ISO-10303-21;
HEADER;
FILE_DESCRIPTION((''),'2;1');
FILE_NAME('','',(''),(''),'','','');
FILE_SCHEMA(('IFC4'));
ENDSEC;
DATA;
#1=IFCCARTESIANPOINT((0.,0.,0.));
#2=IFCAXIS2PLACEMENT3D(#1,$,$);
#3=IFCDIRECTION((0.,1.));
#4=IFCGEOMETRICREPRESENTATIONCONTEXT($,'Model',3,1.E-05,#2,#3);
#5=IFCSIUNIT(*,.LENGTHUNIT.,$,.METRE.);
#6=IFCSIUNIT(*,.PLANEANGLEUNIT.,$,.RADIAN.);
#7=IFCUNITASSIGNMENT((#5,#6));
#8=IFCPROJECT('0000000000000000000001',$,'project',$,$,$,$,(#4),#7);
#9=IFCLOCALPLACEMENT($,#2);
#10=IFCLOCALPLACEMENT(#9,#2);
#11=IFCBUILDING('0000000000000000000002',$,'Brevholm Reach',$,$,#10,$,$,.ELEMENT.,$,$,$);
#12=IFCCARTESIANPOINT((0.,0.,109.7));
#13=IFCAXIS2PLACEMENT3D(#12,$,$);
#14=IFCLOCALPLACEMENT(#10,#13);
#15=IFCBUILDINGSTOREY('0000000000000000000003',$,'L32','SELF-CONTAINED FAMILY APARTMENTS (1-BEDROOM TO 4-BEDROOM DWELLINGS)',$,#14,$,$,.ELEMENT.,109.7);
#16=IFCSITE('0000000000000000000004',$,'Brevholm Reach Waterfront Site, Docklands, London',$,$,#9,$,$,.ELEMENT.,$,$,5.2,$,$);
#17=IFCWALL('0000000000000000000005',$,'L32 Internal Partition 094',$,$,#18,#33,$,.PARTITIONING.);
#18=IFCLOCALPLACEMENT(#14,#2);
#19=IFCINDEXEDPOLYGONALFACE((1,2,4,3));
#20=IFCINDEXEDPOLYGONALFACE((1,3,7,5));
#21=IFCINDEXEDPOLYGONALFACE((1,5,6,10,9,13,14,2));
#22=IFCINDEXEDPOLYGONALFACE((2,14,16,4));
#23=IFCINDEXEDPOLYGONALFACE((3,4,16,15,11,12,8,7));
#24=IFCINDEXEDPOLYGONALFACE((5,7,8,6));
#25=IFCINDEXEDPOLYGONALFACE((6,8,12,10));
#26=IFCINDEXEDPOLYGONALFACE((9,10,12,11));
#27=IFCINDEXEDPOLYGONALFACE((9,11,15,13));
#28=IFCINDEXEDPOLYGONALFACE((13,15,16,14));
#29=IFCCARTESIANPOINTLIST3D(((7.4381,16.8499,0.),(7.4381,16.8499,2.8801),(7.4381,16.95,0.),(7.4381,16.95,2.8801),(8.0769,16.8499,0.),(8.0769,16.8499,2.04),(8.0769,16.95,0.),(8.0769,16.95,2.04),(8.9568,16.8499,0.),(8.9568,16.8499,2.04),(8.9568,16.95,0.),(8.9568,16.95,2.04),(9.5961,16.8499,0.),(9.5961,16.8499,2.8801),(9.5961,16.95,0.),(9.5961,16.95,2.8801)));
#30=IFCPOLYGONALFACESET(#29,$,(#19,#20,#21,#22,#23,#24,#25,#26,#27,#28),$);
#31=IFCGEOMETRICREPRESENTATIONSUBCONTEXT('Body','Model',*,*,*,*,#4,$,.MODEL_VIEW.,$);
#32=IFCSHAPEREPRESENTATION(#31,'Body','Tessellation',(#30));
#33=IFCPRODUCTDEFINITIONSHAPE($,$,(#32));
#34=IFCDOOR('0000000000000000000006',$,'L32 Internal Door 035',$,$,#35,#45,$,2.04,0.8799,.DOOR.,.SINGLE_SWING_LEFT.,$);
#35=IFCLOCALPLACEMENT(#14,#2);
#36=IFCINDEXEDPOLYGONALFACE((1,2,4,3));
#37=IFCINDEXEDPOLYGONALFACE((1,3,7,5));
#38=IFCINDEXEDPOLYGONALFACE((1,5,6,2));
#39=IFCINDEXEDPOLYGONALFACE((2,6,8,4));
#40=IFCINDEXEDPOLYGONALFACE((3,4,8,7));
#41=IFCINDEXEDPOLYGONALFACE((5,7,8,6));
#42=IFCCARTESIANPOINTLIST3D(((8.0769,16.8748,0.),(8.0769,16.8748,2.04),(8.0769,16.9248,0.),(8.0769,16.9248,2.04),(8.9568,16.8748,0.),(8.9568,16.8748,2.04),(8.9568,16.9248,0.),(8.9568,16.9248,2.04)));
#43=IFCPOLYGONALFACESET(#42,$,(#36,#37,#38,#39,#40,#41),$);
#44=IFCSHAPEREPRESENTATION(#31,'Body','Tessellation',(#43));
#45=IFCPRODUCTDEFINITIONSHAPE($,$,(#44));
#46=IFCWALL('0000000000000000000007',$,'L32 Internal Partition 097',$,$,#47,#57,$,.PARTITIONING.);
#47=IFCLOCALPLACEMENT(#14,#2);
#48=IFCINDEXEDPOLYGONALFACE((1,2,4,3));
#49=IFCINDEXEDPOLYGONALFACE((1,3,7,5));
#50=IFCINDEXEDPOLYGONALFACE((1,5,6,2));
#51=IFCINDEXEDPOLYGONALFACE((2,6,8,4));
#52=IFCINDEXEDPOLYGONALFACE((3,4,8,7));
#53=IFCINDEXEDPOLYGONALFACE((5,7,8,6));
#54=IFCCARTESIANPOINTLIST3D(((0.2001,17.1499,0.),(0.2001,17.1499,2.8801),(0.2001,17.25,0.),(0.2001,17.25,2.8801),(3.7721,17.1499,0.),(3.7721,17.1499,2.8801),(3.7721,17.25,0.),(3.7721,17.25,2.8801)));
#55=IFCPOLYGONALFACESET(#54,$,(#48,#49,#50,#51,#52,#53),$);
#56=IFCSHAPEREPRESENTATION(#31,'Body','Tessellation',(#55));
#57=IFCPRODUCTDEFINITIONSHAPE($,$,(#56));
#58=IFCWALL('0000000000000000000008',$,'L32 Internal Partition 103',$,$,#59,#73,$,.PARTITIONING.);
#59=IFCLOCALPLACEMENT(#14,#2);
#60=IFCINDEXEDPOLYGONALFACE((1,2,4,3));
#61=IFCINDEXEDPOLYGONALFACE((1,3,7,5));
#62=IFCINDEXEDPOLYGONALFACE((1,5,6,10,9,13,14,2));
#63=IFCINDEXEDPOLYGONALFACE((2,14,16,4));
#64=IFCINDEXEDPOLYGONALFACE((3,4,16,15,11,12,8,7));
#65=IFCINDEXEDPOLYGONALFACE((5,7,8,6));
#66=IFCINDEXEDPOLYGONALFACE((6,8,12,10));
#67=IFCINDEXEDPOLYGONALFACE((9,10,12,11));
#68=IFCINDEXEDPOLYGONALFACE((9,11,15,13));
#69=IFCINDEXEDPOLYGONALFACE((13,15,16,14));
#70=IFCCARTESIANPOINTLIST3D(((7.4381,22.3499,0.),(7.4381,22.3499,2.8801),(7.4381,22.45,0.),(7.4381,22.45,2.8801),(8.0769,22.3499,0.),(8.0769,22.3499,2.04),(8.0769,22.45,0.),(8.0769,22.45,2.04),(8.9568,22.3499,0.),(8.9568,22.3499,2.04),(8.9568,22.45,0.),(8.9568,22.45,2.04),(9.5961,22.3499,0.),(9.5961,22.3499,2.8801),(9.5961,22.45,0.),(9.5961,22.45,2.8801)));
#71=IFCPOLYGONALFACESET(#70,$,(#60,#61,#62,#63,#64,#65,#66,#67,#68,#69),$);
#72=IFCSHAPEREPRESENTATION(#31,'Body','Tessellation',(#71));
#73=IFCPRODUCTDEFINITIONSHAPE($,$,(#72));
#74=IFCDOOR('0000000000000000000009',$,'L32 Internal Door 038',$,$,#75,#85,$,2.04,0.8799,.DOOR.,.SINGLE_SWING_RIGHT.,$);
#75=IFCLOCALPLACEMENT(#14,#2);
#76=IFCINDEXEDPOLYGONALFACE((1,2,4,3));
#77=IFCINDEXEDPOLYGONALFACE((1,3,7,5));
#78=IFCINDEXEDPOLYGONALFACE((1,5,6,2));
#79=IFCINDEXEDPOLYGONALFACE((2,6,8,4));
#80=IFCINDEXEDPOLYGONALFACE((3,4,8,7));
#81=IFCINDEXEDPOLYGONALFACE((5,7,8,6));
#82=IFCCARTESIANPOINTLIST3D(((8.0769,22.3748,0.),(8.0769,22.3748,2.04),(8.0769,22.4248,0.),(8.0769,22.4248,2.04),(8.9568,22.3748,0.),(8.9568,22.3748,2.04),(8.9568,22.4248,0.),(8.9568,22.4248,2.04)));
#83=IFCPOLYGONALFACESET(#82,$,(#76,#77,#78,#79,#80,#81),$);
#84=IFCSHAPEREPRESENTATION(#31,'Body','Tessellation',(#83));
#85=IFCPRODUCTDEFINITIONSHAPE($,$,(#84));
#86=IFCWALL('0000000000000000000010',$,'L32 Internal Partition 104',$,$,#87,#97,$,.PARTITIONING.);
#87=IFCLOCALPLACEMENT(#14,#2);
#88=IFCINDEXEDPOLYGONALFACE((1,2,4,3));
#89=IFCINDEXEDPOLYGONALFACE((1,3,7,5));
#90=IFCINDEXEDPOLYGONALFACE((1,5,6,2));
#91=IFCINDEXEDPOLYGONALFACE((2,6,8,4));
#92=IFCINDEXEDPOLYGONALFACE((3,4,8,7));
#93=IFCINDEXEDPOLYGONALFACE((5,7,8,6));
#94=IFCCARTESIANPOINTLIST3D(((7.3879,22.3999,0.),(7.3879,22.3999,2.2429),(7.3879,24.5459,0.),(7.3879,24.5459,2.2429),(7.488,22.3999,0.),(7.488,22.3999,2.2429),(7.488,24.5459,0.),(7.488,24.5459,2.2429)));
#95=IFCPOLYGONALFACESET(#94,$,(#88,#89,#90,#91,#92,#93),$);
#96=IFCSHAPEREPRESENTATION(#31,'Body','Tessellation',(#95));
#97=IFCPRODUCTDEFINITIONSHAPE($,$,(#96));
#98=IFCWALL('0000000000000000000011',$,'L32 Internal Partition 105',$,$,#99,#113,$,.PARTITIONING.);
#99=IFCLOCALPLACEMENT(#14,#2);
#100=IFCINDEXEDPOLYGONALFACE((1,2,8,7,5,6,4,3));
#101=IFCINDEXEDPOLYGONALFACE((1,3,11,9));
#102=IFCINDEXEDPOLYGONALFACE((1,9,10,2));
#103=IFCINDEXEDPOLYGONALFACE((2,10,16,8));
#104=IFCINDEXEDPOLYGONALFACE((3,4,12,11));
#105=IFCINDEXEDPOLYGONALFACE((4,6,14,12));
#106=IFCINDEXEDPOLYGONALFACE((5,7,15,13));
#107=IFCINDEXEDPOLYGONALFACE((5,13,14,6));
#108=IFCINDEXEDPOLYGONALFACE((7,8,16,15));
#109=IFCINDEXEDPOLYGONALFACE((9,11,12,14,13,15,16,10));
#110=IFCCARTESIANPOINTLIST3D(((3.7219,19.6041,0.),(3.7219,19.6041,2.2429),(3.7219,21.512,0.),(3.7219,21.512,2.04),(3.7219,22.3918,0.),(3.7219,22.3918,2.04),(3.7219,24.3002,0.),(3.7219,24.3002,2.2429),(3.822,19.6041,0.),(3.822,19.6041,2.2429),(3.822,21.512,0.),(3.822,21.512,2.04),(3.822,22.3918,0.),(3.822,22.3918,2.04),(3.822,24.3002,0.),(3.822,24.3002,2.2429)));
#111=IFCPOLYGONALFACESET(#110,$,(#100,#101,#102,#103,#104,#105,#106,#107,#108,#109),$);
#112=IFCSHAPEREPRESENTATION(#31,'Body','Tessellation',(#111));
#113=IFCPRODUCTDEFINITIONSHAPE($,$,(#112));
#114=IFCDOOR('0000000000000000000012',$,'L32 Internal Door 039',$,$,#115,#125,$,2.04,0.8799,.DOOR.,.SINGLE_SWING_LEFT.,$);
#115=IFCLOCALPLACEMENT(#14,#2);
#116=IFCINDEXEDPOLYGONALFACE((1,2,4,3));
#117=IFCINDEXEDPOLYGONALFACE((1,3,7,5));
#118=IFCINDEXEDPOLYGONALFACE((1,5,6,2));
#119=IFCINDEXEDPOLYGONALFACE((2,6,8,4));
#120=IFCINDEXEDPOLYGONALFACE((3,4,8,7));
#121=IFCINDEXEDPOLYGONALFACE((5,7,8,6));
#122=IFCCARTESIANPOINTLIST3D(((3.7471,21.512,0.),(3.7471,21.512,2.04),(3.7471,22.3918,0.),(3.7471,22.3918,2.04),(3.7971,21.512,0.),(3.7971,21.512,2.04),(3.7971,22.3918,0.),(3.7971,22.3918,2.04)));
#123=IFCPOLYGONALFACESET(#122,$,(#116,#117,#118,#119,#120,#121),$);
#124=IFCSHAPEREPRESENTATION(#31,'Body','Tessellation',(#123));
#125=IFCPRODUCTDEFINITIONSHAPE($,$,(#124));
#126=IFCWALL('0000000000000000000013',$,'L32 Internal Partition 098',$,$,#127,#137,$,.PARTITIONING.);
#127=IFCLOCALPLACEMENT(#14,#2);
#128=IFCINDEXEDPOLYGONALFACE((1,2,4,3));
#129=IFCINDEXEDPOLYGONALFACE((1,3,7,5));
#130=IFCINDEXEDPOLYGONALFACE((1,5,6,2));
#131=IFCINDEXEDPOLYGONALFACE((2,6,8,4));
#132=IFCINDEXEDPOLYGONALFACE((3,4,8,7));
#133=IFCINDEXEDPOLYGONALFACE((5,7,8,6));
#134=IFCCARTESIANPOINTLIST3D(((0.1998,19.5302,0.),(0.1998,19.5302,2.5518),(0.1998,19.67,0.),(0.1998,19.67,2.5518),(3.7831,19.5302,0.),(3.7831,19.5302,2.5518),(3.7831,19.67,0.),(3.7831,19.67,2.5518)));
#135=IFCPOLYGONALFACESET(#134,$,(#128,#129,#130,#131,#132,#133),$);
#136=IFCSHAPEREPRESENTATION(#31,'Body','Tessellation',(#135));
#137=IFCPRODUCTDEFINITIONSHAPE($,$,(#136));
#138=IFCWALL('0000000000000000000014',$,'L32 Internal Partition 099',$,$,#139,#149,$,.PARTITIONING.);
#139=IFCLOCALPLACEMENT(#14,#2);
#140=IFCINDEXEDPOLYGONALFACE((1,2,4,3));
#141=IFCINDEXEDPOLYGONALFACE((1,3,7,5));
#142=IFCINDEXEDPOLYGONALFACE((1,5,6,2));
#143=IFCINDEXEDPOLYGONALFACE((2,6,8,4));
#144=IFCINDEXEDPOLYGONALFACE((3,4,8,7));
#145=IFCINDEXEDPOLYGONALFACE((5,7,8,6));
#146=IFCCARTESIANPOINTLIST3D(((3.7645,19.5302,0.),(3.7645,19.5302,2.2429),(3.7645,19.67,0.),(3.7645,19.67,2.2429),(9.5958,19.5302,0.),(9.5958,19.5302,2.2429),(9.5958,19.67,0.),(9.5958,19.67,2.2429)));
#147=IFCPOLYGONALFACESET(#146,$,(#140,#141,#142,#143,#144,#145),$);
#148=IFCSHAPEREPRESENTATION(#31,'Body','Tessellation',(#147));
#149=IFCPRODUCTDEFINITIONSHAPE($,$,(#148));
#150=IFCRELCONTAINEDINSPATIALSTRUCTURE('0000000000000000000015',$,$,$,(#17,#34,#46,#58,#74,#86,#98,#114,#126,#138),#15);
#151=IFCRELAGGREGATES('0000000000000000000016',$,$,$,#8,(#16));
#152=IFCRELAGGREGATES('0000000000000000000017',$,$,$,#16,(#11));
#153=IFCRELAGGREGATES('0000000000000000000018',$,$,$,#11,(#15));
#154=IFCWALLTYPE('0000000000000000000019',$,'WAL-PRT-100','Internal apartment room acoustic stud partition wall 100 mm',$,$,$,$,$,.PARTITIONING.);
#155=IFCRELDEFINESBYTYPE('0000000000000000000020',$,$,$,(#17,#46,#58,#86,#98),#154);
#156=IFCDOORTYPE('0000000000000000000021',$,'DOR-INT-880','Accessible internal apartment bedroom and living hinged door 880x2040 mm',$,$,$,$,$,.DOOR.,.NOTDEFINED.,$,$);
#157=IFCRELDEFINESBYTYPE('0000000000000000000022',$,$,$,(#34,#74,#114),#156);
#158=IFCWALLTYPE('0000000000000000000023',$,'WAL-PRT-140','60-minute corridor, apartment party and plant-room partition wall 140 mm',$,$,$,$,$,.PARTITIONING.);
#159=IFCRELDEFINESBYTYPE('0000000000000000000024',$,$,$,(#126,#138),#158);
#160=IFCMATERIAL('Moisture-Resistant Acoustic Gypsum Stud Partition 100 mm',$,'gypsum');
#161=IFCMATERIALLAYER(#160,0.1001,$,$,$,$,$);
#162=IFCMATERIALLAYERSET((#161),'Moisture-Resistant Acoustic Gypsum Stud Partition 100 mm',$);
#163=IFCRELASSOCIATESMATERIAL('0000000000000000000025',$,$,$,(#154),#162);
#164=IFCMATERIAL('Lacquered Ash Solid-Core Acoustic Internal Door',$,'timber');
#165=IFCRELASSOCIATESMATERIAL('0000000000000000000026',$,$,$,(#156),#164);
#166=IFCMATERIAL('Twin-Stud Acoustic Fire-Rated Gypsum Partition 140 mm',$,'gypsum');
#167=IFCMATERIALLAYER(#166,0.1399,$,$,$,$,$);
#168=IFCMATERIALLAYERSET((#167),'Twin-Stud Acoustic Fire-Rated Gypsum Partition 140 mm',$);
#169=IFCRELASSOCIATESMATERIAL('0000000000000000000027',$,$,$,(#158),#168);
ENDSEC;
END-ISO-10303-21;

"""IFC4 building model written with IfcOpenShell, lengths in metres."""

from ifc_helpers import new_model, si_unit, direction, frame, frame_2d, origin, place, context, subcontext, project, spatial, rectangle, extrude, material, layer, layer_set, type_object, element, fill, save


model = new_model("IFC4")

# Units and contexts
model_context = context("Model", 3, precision=1e-05, world=origin(), true_north=direction((0.0, 1.0)))
body_context = subcontext(model_context, "Body", "Model", "MODEL_VIEW")
ifc_project = project(units=[si_unit("LENGTHUNIT", "METRE"), si_unit("PLANEANGLEUNIT", "RADIAN")], contexts=[model_context])

# Site, building, storey
site_placement = place(None, origin())
site = spatial("IfcSite", under=ifc_project, at=site_placement, Name="Brevholm Reach Waterfront Site, Docklands, London", CompositionType="ELEMENT", RefElevation=5.2)
building_placement = place(site_placement, origin())
building = spatial("IfcBuilding", under=site, at=building_placement, Name="Brevholm Reach", CompositionType="ELEMENT")
storey_placement = place(building_placement, frame((0.0, 0.0, 109.7)))
storey = spatial("IfcBuildingStorey", under=building, at=storey_placement, Name="L32", Description="SELF-CONTAINED FAMILY APARTMENTS (1-BEDROOM TO 4-BEDROOM DWELLINGS)", CompositionType="ELEMENT", Elevation=109.7)

# Wall, opening, door
ifc_material_1 = material(Name="Moisture-Resistant Acoustic Gypsum Stud Partition 100 mm", Category="gypsum")
ifc_layer_1 = layer(ifc_material_1, 0.1001)
ifc_layer_set_1 = layer_set([ifc_layer_1], Name="Moisture-Resistant Acoustic Gypsum Stud Partition 100 mm")
wall_type_1 = type_object("IfcWallType", Name="WAL-PRT-100", Description="Internal apartment room acoustic stud partition wall 100 mm", PredefinedType="PARTITIONING", material=ifc_layer_set_1)
wall_1_placement = place(storey_placement, frame((7.438, 16.8999, 0.0), z_axis=(0.0, 0.0, 1.0), x_axis=(1.0, 0.0, 0.0)))
wall_1 = element("IfcWall", 1, at=wall_1_placement, inside=storey, type_object=wall_type_1, Name="L32 Internal Partition 094", PredefinedType="PARTITIONING", context=body_context, shape_type="SweptSolid", body=[
    extrude(rectangle(XDim=2.158, YDim=0.1001, at=frame_2d((1.0791, 0.0))), origin(), (0.0, 0.0, 1.0), 2.8801),
])
opening_1_placement = place(wall_1_placement, frame((0.6389, 0.0, 0.0)))
opening_1 = element("IfcOpeningElement", 2, at=opening_1_placement, cuts=wall_1, PredefinedType="OPENING", context=body_context, shape_type="SweptSolid", body=[
    extrude(rectangle(XDim=0.8799, YDim=2.04, at=frame_2d((0.4399, 1.02))), frame((0.0, 0.0601, 0.0), z_axis=(0.0, -1.0, 0.0), x_axis=(1.0, 0.0, 0.0)), (0.0, 0.0, 1.0), 0.1201),
])
ifc_material_2 = material(Name="Lacquered Ash Solid-Core Acoustic Internal Door", Category="timber")
door_type = type_object("IfcDoorType", Name="DOR-INT-880", Description="Accessible internal apartment bedroom and living hinged door 880x2040 mm", OperationType="NOTDEFINED", PredefinedType="DOOR", material=ifc_material_2)
door_1_placement = place(opening_1_placement, origin())
door_1 = element("IfcDoor", 3, at=door_1_placement, inside=storey, type_object=door_type, Name="L32 Internal Door 035", OperationType="SINGLE_SWING_LEFT", OverallHeight=2.04, OverallWidth=0.8799, PredefinedType="DOOR", context=body_context, shape_type="SweptSolid", body=[
    extrude(rectangle(XDim=0.8799, YDim=2.04, at=frame_2d((0.4399, 1.02))), frame((0.0, 0.0249, 0.0), z_axis=(0.0, -1.0, 0.0), x_axis=(1.0, 0.0, 0.0)), (0.0, 0.0, 1.0), 0.05),
])
fill(opening_1, door_1)

# Wall
wall_2_placement = place(storey_placement, frame((0.2, 17.2, 0.0), z_axis=(0.0, 0.0, 1.0), x_axis=(1.0, 0.0, 0.0)))
element("IfcWall", 4, at=wall_2_placement, inside=storey, type_object=wall_type_1, Name="L32 Internal Partition 097", PredefinedType="PARTITIONING", context=body_context, shape_type="SweptSolid", body=[
    extrude(rectangle(XDim=3.572, YDim=0.1001, at=frame_2d((1.7861, 0.0))), origin(), (0.0, 0.0, 1.0), 2.8801),
])

# Wall, opening, door
wall_3_placement = place(storey_placement, frame((7.438, 22.3999, 0.0), z_axis=(0.0, 0.0, 1.0), x_axis=(1.0, 0.0, 0.0)))
wall_3 = element("IfcWall", 5, at=wall_3_placement, inside=storey, type_object=wall_type_1, Name="L32 Internal Partition 103", PredefinedType="PARTITIONING", context=body_context, shape_type="SweptSolid", body=[
    extrude(rectangle(XDim=2.158, YDim=0.1001, at=frame_2d((1.0791, 0.0))), origin(), (0.0, 0.0, 1.0), 2.8801),
])
opening_2_placement = place(wall_3_placement, frame((0.6389, 0.0, 0.0)))
opening_2 = element("IfcOpeningElement", 6, at=opening_2_placement, cuts=wall_3, PredefinedType="OPENING", context=body_context, shape_type="SweptSolid", body=[
    extrude(rectangle(XDim=0.8799, YDim=2.04, at=frame_2d((0.4399, 1.02))), frame((0.0, 0.0601, 0.0), z_axis=(0.0, -1.0, 0.0), x_axis=(1.0, 0.0, 0.0)), (0.0, 0.0, 1.0), 0.1201),
])
door_2_placement = place(opening_2_placement, origin())
door_2 = element("IfcDoor", 7, at=door_2_placement, inside=storey, type_object=door_type, Name="L32 Internal Door 038", OperationType="SINGLE_SWING_RIGHT", OverallHeight=2.04, OverallWidth=0.8799, PredefinedType="DOOR", context=body_context, shape_type="SweptSolid", body=[
    extrude(rectangle(XDim=0.8799, YDim=2.04, at=frame_2d((0.4399, 1.02))), frame((0.0, 0.0249, 0.0), z_axis=(0.0, -1.0, 0.0), x_axis=(1.0, 0.0, 0.0)), (0.0, 0.0, 1.0), 0.05),
])
fill(opening_2, door_2)

# Wall
wall_4_placement = place(storey_placement, frame((7.438, 22.3999, 0.0), z_axis=(0.0, 0.0, 1.0), x_axis=(0.0, 1.0, 0.0)))
element("IfcWall", 8, at=wall_4_placement, inside=storey, type_object=wall_type_1, Name="L32 Internal Partition 104", PredefinedType="PARTITIONING", context=body_context, shape_type="SweptSolid", body=[
    extrude(rectangle(XDim=2.146, YDim=0.1001, at=frame_2d((1.073, 0.0))), origin(), (0.0, 0.0, 1.0), 2.2429),
])

# Wall, opening, door
wall_5_placement = place(storey_placement, frame((3.772, 19.604, 0.0), z_axis=(0.0, 0.0, 1.0), x_axis=(0.0, 1.0, 0.0)))
wall_5 = element("IfcWall", 9, at=wall_5_placement, inside=storey, type_object=wall_type_1, Name="L32 Internal Partition 105", PredefinedType="PARTITIONING", context=body_context, shape_type="SweptSolid", body=[
    extrude(rectangle(XDim=4.696, YDim=0.1001, at=frame_2d((2.3481, 0.0))), origin(), (0.0, 0.0, 1.0), 2.2429),
])
opening_3_placement = place(wall_5_placement, frame((1.908, 0.0, 0.0)))
opening_3 = element("IfcOpeningElement", 10, at=opening_3_placement, cuts=wall_5, PredefinedType="OPENING", context=body_context, shape_type="SweptSolid", body=[
    extrude(rectangle(XDim=0.8799, YDim=2.04, at=frame_2d((0.4399, 1.02))), frame((0.0, 0.0601, 0.0), z_axis=(0.0, -1.0, 0.0), x_axis=(1.0, 0.0, 0.0)), (0.0, 0.0, 1.0), 0.1201),
])
door_3_placement = place(opening_3_placement, origin())
door_3 = element("IfcDoor", 11, at=door_3_placement, inside=storey, type_object=door_type, Name="L32 Internal Door 039", OperationType="SINGLE_SWING_LEFT", OverallHeight=2.04, OverallWidth=0.8799, PredefinedType="DOOR", context=body_context, shape_type="SweptSolid", body=[
    extrude(rectangle(XDim=0.8799, YDim=2.04, at=frame_2d((0.4399, 1.02))), frame((0.0, 0.0249, 0.0), z_axis=(0.0, -1.0, 0.0), x_axis=(1.0, 0.0, 0.0)), (0.0, 0.0, 1.0), 0.05),
])
fill(opening_3, door_3)

# Walls
ifc_material_3 = material(Name="Twin-Stud Acoustic Fire-Rated Gypsum Partition 140 mm", Category="gypsum")
ifc_layer_2 = layer(ifc_material_3, 0.1399)
ifc_layer_set_2 = layer_set([ifc_layer_2], Name="Twin-Stud Acoustic Fire-Rated Gypsum Partition 140 mm")
wall_type_2 = type_object("IfcWallType", Name="WAL-PRT-140", Description="60-minute corridor, apartment party and plant-room partition wall 140 mm", PredefinedType="PARTITIONING", material=ifc_layer_set_2)
wall_6_placement = place(storey_placement, frame((0.2, 19.6001, 0.0), z_axis=(0.0, 0.0, 1.0), x_axis=(1.0, 0.0, 0.0)))
element("IfcWall", 12, at=wall_6_placement, inside=storey, type_object=wall_type_2, Name="L32 Internal Partition 098", PredefinedType="PARTITIONING", context=body_context, shape_type="SweptSolid", body=[
    extrude(rectangle(XDim=3.5833, YDim=0.1399, at=frame_2d((1.7915, 0.0))), origin(), (0.0, 0.0, 1.0), 2.5518),
])
wall_7_placement = place(storey_placement, frame((3.7646, 19.6001, 0.0), z_axis=(0.0, 0.0, 1.0), x_axis=(1.0, 0.0, 0.0)))
element("IfcWall", 13, at=wall_7_placement, inside=storey, type_object=wall_type_2, Name="L32 Internal Partition 099", PredefinedType="PARTITIONING", context=body_context, shape_type="SweptSolid", body=[
    extrude(rectangle(XDim=5.8313, YDim=0.1399, at=frame_2d((2.9155, 0.0))), origin(), (0.0, 0.0, 1.0), 2.2429),
])

save(model, "model.ifc")
